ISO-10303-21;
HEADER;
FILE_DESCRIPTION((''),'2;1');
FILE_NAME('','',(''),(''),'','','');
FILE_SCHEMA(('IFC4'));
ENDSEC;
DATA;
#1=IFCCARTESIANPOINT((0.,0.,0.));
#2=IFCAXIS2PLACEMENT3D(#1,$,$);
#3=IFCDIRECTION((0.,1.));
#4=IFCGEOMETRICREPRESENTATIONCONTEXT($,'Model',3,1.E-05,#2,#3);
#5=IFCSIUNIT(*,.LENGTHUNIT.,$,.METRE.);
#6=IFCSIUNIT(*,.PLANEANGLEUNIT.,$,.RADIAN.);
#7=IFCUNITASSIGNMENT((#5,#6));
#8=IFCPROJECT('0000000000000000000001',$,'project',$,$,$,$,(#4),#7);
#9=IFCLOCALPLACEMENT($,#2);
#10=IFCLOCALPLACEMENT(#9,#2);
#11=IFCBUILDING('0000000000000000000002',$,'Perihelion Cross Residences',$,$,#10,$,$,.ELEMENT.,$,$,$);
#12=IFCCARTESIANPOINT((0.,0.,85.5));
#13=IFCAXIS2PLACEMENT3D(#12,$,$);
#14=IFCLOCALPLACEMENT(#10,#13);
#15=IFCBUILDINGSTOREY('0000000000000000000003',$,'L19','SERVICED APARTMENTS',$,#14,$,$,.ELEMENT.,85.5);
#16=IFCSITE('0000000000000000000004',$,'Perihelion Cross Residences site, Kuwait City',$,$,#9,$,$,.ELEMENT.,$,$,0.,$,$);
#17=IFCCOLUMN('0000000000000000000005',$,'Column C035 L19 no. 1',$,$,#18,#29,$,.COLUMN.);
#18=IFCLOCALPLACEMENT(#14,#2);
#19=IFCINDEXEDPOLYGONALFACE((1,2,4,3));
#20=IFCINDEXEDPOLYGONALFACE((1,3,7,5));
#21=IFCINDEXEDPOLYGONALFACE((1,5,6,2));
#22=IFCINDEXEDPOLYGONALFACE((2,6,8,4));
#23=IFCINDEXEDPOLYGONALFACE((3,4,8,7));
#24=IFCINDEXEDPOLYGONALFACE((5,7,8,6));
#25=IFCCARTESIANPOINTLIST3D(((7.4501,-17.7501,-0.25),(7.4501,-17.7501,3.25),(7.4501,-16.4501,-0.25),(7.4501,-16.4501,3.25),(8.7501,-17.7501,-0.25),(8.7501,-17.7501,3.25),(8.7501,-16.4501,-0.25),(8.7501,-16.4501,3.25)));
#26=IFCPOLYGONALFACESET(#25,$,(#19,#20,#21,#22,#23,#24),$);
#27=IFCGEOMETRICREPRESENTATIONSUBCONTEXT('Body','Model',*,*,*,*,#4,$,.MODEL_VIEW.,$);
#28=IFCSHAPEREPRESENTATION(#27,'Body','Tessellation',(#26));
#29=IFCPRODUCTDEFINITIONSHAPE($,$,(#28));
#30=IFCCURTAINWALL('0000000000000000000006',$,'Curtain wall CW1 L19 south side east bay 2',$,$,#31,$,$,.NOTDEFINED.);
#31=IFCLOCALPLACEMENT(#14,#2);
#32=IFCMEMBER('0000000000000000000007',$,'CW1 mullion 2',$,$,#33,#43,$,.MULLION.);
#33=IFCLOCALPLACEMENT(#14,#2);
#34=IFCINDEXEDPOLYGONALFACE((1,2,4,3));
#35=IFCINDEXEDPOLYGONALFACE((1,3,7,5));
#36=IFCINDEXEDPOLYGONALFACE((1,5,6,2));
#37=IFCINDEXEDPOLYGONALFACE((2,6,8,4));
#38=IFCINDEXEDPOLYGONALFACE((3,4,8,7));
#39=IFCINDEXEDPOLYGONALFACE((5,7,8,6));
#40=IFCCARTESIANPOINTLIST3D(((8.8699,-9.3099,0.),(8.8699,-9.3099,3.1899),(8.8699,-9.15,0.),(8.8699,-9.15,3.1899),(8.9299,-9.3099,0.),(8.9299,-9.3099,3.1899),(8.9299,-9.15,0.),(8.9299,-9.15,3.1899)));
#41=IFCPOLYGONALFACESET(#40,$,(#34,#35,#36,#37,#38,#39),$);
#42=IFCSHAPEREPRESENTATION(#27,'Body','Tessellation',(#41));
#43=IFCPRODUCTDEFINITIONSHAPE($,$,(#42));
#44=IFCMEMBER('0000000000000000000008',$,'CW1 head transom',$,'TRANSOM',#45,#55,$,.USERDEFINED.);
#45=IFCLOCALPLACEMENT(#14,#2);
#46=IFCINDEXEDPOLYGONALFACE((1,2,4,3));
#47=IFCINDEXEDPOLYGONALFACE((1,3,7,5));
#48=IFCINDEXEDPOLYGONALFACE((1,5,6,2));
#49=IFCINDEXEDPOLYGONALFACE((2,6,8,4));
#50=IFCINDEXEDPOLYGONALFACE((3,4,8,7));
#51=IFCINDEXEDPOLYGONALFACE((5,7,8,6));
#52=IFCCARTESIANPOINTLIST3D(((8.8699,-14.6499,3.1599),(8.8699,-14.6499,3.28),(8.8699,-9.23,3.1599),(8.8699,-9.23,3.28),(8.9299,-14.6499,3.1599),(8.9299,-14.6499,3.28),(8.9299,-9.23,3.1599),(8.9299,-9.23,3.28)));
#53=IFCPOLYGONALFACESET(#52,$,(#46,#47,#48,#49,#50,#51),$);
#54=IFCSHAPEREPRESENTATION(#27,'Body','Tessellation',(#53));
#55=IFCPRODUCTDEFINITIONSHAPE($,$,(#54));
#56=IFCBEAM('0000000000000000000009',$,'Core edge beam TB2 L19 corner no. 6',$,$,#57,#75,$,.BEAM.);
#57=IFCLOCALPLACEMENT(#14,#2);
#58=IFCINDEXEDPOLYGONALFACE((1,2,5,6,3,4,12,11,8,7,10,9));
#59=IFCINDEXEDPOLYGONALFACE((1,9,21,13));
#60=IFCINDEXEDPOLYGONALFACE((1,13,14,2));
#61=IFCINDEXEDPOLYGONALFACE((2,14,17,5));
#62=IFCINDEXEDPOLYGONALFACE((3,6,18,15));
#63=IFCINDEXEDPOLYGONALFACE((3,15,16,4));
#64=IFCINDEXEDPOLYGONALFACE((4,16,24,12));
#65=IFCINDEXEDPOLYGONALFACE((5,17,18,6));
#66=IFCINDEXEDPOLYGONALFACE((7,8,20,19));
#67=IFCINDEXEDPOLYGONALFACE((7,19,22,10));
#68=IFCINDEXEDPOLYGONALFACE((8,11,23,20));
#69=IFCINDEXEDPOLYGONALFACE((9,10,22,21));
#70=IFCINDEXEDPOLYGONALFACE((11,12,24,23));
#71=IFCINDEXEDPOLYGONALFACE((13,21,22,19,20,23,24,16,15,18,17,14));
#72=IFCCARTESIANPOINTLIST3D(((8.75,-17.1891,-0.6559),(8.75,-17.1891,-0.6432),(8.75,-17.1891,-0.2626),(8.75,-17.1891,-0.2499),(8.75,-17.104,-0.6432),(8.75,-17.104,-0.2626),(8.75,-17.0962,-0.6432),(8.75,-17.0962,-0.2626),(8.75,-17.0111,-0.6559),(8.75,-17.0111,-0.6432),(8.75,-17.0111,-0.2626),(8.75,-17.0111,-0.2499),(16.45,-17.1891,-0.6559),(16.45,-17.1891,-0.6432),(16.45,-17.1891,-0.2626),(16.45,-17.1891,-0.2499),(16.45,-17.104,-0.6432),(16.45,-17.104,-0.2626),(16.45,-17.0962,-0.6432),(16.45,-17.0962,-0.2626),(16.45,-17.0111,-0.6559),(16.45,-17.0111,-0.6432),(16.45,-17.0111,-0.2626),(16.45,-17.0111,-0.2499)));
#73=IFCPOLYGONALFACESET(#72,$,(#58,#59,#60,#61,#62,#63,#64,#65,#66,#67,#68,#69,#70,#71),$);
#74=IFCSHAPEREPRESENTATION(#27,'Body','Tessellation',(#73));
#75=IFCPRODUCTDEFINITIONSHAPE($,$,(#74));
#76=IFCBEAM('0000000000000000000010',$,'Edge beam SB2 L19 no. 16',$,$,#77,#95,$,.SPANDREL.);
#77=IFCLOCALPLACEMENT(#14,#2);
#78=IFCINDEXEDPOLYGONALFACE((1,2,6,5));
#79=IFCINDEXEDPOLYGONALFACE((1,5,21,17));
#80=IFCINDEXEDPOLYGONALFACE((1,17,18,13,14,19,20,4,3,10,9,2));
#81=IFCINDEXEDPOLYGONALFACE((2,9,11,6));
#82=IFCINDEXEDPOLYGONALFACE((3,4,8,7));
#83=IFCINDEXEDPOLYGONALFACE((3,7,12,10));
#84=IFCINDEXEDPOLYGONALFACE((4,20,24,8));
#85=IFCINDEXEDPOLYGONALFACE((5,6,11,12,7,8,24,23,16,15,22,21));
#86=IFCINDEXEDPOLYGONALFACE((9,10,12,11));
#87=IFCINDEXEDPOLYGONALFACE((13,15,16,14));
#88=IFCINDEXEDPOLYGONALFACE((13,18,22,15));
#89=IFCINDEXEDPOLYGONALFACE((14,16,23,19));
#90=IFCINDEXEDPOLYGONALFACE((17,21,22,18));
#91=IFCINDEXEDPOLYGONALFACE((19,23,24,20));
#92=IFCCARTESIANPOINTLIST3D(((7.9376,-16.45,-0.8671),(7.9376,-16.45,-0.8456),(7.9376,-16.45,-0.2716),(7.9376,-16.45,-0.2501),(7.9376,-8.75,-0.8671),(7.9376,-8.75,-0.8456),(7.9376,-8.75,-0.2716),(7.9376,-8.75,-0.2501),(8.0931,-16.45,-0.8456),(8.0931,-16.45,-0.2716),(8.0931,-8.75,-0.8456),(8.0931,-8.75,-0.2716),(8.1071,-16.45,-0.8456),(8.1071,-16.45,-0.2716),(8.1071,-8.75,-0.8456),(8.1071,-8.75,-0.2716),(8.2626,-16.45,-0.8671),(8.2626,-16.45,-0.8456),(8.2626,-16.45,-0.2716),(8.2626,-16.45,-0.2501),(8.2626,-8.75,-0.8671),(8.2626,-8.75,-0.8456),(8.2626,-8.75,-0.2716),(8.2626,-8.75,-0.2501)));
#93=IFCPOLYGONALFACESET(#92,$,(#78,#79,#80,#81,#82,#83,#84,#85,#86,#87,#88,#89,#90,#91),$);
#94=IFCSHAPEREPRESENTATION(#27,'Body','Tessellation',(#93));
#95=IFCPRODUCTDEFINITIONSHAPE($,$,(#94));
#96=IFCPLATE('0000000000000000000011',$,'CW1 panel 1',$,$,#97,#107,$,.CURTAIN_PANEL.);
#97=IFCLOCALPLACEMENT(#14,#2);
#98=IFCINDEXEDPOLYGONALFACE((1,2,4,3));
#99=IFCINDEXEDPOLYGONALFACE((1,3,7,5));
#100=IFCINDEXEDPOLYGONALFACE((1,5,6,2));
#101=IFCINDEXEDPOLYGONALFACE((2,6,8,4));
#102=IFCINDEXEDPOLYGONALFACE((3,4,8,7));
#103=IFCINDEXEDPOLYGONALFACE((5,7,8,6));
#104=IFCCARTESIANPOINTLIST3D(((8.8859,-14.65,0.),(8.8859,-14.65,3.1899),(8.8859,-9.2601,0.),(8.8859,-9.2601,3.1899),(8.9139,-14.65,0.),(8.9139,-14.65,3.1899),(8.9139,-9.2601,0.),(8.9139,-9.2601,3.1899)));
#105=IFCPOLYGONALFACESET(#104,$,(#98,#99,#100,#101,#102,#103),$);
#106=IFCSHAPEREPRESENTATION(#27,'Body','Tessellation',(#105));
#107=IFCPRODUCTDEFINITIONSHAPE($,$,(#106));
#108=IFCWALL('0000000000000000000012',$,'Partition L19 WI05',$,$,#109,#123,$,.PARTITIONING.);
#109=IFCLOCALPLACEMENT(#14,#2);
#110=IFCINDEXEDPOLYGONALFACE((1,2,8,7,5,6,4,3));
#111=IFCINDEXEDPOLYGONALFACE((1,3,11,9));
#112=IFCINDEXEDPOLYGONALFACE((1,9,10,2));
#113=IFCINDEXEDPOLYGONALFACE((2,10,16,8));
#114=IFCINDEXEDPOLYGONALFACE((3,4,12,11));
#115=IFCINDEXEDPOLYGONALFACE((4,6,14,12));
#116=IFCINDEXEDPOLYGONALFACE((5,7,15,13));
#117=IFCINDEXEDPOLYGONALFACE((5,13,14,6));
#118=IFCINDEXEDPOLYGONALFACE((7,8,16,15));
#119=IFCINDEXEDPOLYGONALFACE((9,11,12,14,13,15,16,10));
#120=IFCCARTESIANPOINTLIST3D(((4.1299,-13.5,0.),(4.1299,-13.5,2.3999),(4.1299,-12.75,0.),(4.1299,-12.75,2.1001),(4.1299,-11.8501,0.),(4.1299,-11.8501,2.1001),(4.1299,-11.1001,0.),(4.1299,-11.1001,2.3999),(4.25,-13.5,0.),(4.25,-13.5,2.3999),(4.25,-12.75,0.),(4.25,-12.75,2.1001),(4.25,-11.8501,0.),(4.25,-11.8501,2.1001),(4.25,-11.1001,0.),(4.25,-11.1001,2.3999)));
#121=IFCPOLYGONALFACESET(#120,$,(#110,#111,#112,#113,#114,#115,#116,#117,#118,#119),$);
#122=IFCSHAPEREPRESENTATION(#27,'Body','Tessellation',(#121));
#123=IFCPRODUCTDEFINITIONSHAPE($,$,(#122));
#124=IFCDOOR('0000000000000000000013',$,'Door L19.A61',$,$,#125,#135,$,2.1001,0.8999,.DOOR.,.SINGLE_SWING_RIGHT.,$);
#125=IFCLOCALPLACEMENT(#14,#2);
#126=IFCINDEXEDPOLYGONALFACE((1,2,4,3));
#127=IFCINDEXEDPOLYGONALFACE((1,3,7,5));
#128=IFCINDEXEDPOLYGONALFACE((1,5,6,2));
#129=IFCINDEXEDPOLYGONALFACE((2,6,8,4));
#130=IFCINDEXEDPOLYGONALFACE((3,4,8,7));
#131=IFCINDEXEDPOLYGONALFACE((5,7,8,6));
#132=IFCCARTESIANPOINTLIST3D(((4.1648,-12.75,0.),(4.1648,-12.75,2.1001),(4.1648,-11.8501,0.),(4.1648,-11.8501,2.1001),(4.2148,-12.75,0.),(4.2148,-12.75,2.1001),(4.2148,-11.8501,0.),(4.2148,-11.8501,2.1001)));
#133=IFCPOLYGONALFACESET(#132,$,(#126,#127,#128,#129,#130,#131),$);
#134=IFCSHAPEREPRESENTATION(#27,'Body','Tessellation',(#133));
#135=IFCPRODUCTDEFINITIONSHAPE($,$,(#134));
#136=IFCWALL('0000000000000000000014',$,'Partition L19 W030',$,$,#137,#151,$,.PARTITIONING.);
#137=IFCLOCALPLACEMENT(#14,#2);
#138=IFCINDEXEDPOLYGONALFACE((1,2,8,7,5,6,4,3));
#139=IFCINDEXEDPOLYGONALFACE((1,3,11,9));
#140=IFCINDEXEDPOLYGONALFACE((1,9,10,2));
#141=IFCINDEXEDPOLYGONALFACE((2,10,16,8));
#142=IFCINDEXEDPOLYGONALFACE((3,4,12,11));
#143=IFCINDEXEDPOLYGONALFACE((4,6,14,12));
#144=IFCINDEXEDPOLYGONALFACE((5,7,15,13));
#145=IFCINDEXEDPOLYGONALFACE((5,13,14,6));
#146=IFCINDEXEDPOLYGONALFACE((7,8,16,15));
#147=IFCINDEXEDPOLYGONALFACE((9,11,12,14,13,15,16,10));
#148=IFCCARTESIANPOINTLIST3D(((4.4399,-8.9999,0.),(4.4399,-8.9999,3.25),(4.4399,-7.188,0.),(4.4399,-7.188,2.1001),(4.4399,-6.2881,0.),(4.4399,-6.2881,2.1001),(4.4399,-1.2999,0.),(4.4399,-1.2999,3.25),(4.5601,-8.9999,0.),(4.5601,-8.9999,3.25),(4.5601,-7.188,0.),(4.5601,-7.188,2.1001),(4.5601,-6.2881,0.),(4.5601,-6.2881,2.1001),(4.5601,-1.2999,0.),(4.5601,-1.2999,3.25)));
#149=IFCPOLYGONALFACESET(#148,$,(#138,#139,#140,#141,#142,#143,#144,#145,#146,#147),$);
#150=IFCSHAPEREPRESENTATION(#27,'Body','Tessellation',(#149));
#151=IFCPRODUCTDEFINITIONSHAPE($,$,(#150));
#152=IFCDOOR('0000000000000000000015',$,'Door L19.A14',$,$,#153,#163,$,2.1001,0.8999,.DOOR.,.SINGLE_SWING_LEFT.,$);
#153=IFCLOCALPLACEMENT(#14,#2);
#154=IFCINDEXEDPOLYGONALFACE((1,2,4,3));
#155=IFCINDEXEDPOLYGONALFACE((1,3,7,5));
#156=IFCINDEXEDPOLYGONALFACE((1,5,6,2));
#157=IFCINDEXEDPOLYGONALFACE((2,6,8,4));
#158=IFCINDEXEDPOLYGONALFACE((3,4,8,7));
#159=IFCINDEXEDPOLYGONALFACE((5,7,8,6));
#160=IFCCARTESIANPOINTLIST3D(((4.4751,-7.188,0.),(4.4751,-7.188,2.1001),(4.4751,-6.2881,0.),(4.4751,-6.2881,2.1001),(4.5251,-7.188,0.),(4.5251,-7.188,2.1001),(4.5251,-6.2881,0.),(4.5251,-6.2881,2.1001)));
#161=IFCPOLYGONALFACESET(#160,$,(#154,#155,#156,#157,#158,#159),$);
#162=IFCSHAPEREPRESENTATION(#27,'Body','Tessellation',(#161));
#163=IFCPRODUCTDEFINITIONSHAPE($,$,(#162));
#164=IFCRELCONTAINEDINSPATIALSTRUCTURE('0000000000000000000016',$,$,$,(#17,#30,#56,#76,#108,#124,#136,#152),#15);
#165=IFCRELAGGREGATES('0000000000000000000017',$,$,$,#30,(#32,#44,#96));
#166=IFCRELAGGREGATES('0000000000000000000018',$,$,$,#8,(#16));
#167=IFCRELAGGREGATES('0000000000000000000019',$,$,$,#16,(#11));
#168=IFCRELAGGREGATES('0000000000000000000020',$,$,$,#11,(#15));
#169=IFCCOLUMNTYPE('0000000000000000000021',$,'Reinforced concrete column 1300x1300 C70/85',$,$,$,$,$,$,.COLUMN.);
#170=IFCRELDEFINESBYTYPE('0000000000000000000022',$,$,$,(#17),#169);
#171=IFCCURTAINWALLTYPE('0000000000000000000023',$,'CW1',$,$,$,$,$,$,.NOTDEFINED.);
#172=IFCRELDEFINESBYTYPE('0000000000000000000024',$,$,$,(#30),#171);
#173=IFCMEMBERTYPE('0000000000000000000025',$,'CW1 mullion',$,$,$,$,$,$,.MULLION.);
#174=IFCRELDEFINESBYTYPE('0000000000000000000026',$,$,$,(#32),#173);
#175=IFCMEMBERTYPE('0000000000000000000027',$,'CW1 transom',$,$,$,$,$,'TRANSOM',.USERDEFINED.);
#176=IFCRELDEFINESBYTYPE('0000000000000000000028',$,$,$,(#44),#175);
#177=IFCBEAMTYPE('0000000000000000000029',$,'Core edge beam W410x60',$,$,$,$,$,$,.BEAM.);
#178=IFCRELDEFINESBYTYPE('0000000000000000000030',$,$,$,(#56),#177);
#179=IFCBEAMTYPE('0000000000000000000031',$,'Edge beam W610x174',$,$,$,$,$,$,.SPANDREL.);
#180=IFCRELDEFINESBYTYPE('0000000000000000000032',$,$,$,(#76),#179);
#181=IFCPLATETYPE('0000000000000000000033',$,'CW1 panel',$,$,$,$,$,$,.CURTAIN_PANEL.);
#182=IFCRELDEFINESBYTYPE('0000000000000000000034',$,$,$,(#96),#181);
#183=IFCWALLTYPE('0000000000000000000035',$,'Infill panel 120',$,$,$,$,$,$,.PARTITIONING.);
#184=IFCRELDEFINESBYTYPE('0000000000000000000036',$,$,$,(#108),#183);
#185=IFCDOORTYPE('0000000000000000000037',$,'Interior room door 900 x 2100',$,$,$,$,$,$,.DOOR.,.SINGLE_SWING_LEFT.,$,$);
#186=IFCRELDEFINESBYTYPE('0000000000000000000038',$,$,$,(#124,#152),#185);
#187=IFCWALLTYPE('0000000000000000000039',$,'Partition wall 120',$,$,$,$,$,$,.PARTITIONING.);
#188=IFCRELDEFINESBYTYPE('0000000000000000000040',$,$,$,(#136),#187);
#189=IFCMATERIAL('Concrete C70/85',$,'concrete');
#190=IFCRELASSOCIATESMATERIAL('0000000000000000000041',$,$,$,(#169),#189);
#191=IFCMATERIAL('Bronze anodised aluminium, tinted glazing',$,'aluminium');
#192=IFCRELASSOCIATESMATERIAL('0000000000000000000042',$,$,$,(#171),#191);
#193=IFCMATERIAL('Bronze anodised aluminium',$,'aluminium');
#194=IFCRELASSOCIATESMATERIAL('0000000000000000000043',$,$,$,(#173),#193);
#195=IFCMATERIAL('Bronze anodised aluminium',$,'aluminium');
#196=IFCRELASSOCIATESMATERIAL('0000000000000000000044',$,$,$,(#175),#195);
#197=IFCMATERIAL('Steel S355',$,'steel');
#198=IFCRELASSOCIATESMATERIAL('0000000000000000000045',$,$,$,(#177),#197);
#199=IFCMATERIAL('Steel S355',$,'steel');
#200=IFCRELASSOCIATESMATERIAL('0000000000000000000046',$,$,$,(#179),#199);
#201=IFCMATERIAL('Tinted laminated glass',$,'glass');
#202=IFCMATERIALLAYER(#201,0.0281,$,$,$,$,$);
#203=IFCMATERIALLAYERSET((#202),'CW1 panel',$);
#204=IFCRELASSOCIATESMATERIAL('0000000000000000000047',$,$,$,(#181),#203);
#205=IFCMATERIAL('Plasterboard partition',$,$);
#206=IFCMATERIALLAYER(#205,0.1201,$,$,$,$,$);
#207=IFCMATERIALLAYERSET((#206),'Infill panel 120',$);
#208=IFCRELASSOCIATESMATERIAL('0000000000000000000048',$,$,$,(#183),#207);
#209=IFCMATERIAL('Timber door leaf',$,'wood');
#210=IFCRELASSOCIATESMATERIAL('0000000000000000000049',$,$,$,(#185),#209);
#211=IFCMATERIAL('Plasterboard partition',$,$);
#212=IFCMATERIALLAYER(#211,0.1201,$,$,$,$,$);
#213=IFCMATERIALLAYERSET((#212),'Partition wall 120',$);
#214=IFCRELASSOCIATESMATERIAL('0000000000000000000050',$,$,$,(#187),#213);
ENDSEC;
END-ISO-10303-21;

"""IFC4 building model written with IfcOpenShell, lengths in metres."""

from ifc_helpers import new_model, si_unit, direction, frame, frame_2d, origin, origin_2d, place, context, subcontext, project, spatial, rectangle, i_section, extrude, material, layer, layer_set, material_profile, profile_set, type_object, element, fill, aggregate, save


model = new_model("IFC4")

# Units and contexts
model_context = context("Model", 3, precision=1e-05, world=origin(), true_north=direction((0.0, 1.0)))
body_context = subcontext(model_context, "Body", "Model", "MODEL_VIEW")
ifc_project = project(units=[si_unit("LENGTHUNIT", "METRE"), si_unit("PLANEANGLEUNIT", "RADIAN")], contexts=[model_context])

# Site, building, storey
site_placement = place(None, origin())
site = spatial("IfcSite", under=ifc_project, at=site_placement, Name="Perihelion Cross Residences site, Kuwait City", CompositionType="ELEMENT", RefElevation=0.0)
building_placement = place(site_placement, origin())
building = spatial("IfcBuilding", under=site, at=building_placement, Name="Perihelion Cross Residences", CompositionType="ELEMENT")
storey_placement = place(building_placement, frame((0.0, 0.0, 85.5)))
storey = spatial("IfcBuildingStorey", under=building, at=storey_placement, Name="L19", Description="SERVICED APARTMENTS", CompositionType="ELEMENT", Elevation=85.5)

# Column
ifc_material_1 = material(Name="Concrete C70/85", Category="concrete")
ifc_material_profile_1 = material_profile(ifc_material_1, rectangle(XDim=1.3, YDim=1.3, at=origin_2d()), Name="RC 1300x1300")
ifc_profile_set_1 = profile_set([ifc_material_profile_1], Name="Concrete C70/85")
column_type = type_object("IfcColumnType", Name="Reinforced concrete column 1300x1300 C70/85", PredefinedType="COLUMN", material=ifc_profile_set_1)
column_placement = place(storey_placement, frame((8.1001, -17.1001, -0.25), z_axis=(0.0, 0.0, 1.0), x_axis=(1.0, 0.0, 0.0)))
element("IfcColumn", 1, at=column_placement, inside=storey, type_object=column_type, Name="Column C035 L19 no. 1", PredefinedType="COLUMN", context=body_context, shape_type="SweptSolid", body=[
    extrude(rectangle(XDim=1.3, YDim=1.3, at=origin_2d()), origin(), (0.0, 0.0, 1.0), 3.5),
])

# Curtain wall, members
ifc_material_2 = material(Name="Bronze anodised aluminium, tinted glazing", Category="aluminium")
curtain_wall_type = type_object("IfcCurtainWallType", Name="CW1", PredefinedType="NOTDEFINED", material=ifc_material_2)
curtain_wall_placement = place(storey_placement, origin())
curtain_wall = element("IfcCurtainWall", 2, at=curtain_wall_placement, inside=storey, type_object=curtain_wall_type, Name="Curtain wall CW1 L19 south side east bay 2", PredefinedType="NOTDEFINED")
ifc_material_3 = material(Name="Bronze anodised aluminium", Category="aluminium")
ifc_material_profile_2 = material_profile(ifc_material_3, rectangle(XDim=0.0601, YDim=0.1599, at=origin_2d()), Name="CW1 mullion")
ifc_profile_set_2 = profile_set([ifc_material_profile_2], Name="Bronze anodised aluminium")
member_type_1 = type_object("IfcMemberType", Name="CW1 mullion", PredefinedType="MULLION", material=ifc_profile_set_2)
member_1_placement = place(storey_placement, frame((8.8999, -9.23, 0.0), z_axis=(0.0, 0.0, 1.0), x_axis=(-1.0, 0.0, 0.0)))
member_1 = element("IfcMember", 3, at=member_1_placement, type_object=member_type_1, Name="CW1 mullion 2", PredefinedType="MULLION", context=body_context, shape_type="SweptSolid", body=[
    extrude(rectangle(XDim=0.0601, YDim=0.1599, at=origin_2d()), origin(), (0.0, 0.0, 1.0), 3.1899),
])
ifc_material_4 = material(Name="Bronze anodised aluminium", Category="aluminium")
ifc_material_profile_3 = material_profile(ifc_material_4, rectangle(XDim=0.0601, YDim=0.1201, at=origin_2d()), Name="CW1 transom")
ifc_profile_set_3 = profile_set([ifc_material_profile_3], Name="Bronze anodised aluminium")
member_type_2 = type_object("IfcMemberType", Name="CW1 transom", ElementType="TRANSOM", PredefinedType="USERDEFINED", material=ifc_profile_set_3)
member_2_placement = place(storey_placement, frame((8.8999, -14.6499, 3.22), z_axis=(0.0, 1.0, 0.0), x_axis=(-1.0, 0.0, 0.0)))
member_2 = element("IfcMember", 4, at=member_2_placement, type_object=member_type_2, Name="CW1 head transom", ObjectType="TRANSOM", PredefinedType="USERDEFINED", context=body_context, shape_type="SweptSolid", body=[
    extrude(rectangle(XDim=0.0601, YDim=0.1201, at=origin_2d()), origin(), (0.0, 0.0, 1.0), 5.4199),
])

# Beams
ifc_material_5 = material(Name="Steel S355", Category="steel")
ifc_material_profile_4 = material_profile(ifc_material_5, i_section(OverallWidth=0.178, OverallDepth=0.406, WebThickness=0.0078, FlangeThickness=0.0127, at=origin_2d()), Name="W410x60")
ifc_profile_set_4 = profile_set([ifc_material_profile_4], Name="Steel S355")
beam_type_1 = type_object("IfcBeamType", Name="Core edge beam W410x60", PredefinedType="BEAM", material=ifc_profile_set_4)
beam_1_placement = place(storey_placement, frame((8.75, -17.1001, -0.4529), z_axis=(1.0, 0.0, 0.0), x_axis=(0.0, 1.0, 0.0)))
element("IfcBeam", 5, at=beam_1_placement, inside=storey, type_object=beam_type_1, Name="Core edge beam TB2 L19 corner no. 6", PredefinedType="BEAM", context=body_context, shape_type="SweptSolid", body=[
    extrude(i_section(OverallWidth=0.178, OverallDepth=0.406, WebThickness=0.0078, FlangeThickness=0.0127, at=origin_2d()), origin(), (0.0, 0.0, 1.0), 7.7),
])
ifc_material_6 = material(Name="Steel S355", Category="steel")
ifc_material_profile_5 = material_profile(ifc_material_6, i_section(OverallWidth=0.325, OverallDepth=0.6169, WebThickness=0.0139, FlangeThickness=0.0215, at=origin_2d()), Name="W610x174")
ifc_profile_set_5 = profile_set([ifc_material_profile_5], Name="Steel S355")
beam_type_2 = type_object("IfcBeamType", Name="Edge beam W610x174", PredefinedType="SPANDREL", material=ifc_profile_set_5)
beam_2_placement = place(storey_placement, frame((8.1001, -16.45, -0.5586), z_axis=(0.0, 1.0, 0.0), x_axis=(-1.0, 0.0, 0.0)))
element("IfcBeam", 6, at=beam_2_placement, inside=storey, type_object=beam_type_2, Name="Edge beam SB2 L19 no. 16", PredefinedType="SPANDREL", context=body_context, shape_type="SweptSolid", body=[
    extrude(i_section(OverallWidth=0.325, OverallDepth=0.6169, WebThickness=0.0139, FlangeThickness=0.0215, at=origin_2d()), origin(), (0.0, 0.0, 1.0), 7.7),
])

# Plate
ifc_material_7 = material(Name="Tinted laminated glass", Category="glass")
ifc_layer_1 = layer(ifc_material_7, 0.0281)
ifc_layer_set_1 = layer_set([ifc_layer_1], Name="CW1 panel")
plate_type = type_object("IfcPlateType", Name="CW1 panel", PredefinedType="CURTAIN_PANEL", material=ifc_layer_set_1)
plate_placement = place(storey_placement, frame((8.8999, -11.9551, 0.0), z_axis=(0.0, 0.0, 1.0), x_axis=(0.0, 1.0, 0.0)))
plate = element("IfcPlate", 7, at=plate_placement, type_object=plate_type, Name="CW1 panel 1", PredefinedType="CURTAIN_PANEL", context=body_context, shape_type="SweptSolid", body=[
    extrude(rectangle(XDim=5.3899, YDim=0.0281, at=origin_2d()), origin(), (0.0, 0.0, 1.0), 3.1899),
])
aggregate(curtain_wall, [member_1, member_2, plate])

# Walls, openings, doors
ifc_material_8 = material(Name="Plasterboard partition")
ifc_layer_2 = layer(ifc_material_8, 0.1201)
ifc_layer_set_2 = layer_set([ifc_layer_2], Name="Infill panel 120")
wall_type_1 = type_object("IfcWallType", Name="Infill panel 120", PredefinedType="PARTITIONING", material=ifc_layer_set_2)
wall_1_placement = place(storey_placement, frame((4.1899, -11.1001, 0.0), z_axis=(0.0, 0.0, 1.0), x_axis=(0.0, -1.0, 0.0)))
wall_1 = element("IfcWall", 8, at=wall_1_placement, inside=storey, type_object=wall_type_1, Name="Partition L19 WI05", PredefinedType="PARTITIONING", context=body_context, shape_type="SweptSolid", body=[
    extrude(rectangle(XDim=2.3999, YDim=0.1201, at=frame_2d((1.2, 0.0))), origin(), (0.0, 0.0, 1.0), 2.3999),
])
opening_1_placement = place(wall_1_placement, frame((0.75, 0.0, 0.0)))
opening_1 = element("IfcOpeningElement", 9, at=opening_1_placement, cuts=wall_1, PredefinedType="OPENING", context=body_context, shape_type="SweptSolid", body=[
    extrude(rectangle(XDim=0.8999, YDim=2.1001, at=frame_2d((0.45, 1.05))), frame((0.0, 0.0701, 0.0), z_axis=(0.0, -1.0, 0.0), x_axis=(1.0, 0.0, 0.0)), (0.0, 0.0, 1.0), 0.1401),
])
ifc_material_9 = material(Name="Timber door leaf", Category="wood")
door_type_1 = type_object("IfcDoorType", Name="Interior room door 900 x 2100", OperationType="SINGLE_SWING_LEFT", PredefinedType="DOOR", material=ifc_material_9)
door_1_placement = place(opening_1_placement, origin())
door_1 = element("IfcDoor", 10, at=door_1_placement, inside=storey, type_object=door_type_1, Name="Door L19.A61", OperationType="SINGLE_SWING_RIGHT", OverallHeight=2.1001, OverallWidth=0.8999, PredefinedType="DOOR", context=body_context, shape_type="SweptSolid", body=[
    extrude(rectangle(XDim=0.8999, YDim=2.1001, at=frame_2d((0.45, 1.05))), frame((0.0, 0.0249, 0.0), z_axis=(0.0, -1.0, 0.0), x_axis=(1.0, 0.0, 0.0)), (0.0, 0.0, 1.0), 0.05),
])
fill(opening_1, door_1)
ifc_material_10 = material(Name="Plasterboard partition")
ifc_layer_3 = layer(ifc_material_10, 0.1201)
ifc_layer_set_3 = layer_set([ifc_layer_3], Name="Partition wall 120")
wall_type_2 = type_object("IfcWallType", Name="Partition wall 120", PredefinedType="PARTITIONING", material=ifc_layer_set_3)
wall_2_placement = place(storey_placement, frame((4.5, -9.0, 0.0), z_axis=(0.0, 0.0, 1.0), x_axis=(0.0, 1.0, 0.0)))
wall_2 = element("IfcWall", 11, at=wall_2_placement, inside=storey, type_object=wall_type_2, Name="Partition L19 W030", PredefinedType="PARTITIONING", context=body_context, shape_type="SweptSolid", body=[
    extrude(rectangle(XDim=7.7, YDim=0.1201, at=frame_2d((3.8501, 0.0))), origin(), (0.0, 0.0, 1.0), 3.25),
])
opening_2_placement = place(wall_2_placement, frame((1.812, 0.0, 0.0)))
opening_2 = element("IfcOpeningElement", 12, at=opening_2_placement, cuts=wall_2, PredefinedType="OPENING", context=body_context, shape_type="SweptSolid", body=[
    extrude(rectangle(XDim=0.8999, YDim=2.1001, at=frame_2d((0.45, 1.05))), frame((0.0, 0.0701, 0.0), z_axis=(0.0, -1.0, 0.0), x_axis=(1.0, 0.0, 0.0)), (0.0, 0.0, 1.0), 0.1401),
])
door_2_placement = place(opening_2_placement, origin())
door_2 = element("IfcDoor", 13, at=door_2_placement, inside=storey, type_object=door_type_1, Name="Door L19.A14", OperationType="SINGLE_SWING_LEFT", OverallHeight=2.1001, OverallWidth=0.8999, PredefinedType="DOOR", context=body_context, shape_type="SweptSolid", body=[
    extrude(rectangle(XDim=0.8999, YDim=2.1001, at=frame_2d((0.45, 1.05))), frame((0.0, 0.0249, 0.0), z_axis=(0.0, -1.0, 0.0), x_axis=(1.0, 0.0, 0.0)), (0.0, 0.0, 1.0), 0.05),
])
fill(opening_2, door_2)

save(model, "model.ifc")
